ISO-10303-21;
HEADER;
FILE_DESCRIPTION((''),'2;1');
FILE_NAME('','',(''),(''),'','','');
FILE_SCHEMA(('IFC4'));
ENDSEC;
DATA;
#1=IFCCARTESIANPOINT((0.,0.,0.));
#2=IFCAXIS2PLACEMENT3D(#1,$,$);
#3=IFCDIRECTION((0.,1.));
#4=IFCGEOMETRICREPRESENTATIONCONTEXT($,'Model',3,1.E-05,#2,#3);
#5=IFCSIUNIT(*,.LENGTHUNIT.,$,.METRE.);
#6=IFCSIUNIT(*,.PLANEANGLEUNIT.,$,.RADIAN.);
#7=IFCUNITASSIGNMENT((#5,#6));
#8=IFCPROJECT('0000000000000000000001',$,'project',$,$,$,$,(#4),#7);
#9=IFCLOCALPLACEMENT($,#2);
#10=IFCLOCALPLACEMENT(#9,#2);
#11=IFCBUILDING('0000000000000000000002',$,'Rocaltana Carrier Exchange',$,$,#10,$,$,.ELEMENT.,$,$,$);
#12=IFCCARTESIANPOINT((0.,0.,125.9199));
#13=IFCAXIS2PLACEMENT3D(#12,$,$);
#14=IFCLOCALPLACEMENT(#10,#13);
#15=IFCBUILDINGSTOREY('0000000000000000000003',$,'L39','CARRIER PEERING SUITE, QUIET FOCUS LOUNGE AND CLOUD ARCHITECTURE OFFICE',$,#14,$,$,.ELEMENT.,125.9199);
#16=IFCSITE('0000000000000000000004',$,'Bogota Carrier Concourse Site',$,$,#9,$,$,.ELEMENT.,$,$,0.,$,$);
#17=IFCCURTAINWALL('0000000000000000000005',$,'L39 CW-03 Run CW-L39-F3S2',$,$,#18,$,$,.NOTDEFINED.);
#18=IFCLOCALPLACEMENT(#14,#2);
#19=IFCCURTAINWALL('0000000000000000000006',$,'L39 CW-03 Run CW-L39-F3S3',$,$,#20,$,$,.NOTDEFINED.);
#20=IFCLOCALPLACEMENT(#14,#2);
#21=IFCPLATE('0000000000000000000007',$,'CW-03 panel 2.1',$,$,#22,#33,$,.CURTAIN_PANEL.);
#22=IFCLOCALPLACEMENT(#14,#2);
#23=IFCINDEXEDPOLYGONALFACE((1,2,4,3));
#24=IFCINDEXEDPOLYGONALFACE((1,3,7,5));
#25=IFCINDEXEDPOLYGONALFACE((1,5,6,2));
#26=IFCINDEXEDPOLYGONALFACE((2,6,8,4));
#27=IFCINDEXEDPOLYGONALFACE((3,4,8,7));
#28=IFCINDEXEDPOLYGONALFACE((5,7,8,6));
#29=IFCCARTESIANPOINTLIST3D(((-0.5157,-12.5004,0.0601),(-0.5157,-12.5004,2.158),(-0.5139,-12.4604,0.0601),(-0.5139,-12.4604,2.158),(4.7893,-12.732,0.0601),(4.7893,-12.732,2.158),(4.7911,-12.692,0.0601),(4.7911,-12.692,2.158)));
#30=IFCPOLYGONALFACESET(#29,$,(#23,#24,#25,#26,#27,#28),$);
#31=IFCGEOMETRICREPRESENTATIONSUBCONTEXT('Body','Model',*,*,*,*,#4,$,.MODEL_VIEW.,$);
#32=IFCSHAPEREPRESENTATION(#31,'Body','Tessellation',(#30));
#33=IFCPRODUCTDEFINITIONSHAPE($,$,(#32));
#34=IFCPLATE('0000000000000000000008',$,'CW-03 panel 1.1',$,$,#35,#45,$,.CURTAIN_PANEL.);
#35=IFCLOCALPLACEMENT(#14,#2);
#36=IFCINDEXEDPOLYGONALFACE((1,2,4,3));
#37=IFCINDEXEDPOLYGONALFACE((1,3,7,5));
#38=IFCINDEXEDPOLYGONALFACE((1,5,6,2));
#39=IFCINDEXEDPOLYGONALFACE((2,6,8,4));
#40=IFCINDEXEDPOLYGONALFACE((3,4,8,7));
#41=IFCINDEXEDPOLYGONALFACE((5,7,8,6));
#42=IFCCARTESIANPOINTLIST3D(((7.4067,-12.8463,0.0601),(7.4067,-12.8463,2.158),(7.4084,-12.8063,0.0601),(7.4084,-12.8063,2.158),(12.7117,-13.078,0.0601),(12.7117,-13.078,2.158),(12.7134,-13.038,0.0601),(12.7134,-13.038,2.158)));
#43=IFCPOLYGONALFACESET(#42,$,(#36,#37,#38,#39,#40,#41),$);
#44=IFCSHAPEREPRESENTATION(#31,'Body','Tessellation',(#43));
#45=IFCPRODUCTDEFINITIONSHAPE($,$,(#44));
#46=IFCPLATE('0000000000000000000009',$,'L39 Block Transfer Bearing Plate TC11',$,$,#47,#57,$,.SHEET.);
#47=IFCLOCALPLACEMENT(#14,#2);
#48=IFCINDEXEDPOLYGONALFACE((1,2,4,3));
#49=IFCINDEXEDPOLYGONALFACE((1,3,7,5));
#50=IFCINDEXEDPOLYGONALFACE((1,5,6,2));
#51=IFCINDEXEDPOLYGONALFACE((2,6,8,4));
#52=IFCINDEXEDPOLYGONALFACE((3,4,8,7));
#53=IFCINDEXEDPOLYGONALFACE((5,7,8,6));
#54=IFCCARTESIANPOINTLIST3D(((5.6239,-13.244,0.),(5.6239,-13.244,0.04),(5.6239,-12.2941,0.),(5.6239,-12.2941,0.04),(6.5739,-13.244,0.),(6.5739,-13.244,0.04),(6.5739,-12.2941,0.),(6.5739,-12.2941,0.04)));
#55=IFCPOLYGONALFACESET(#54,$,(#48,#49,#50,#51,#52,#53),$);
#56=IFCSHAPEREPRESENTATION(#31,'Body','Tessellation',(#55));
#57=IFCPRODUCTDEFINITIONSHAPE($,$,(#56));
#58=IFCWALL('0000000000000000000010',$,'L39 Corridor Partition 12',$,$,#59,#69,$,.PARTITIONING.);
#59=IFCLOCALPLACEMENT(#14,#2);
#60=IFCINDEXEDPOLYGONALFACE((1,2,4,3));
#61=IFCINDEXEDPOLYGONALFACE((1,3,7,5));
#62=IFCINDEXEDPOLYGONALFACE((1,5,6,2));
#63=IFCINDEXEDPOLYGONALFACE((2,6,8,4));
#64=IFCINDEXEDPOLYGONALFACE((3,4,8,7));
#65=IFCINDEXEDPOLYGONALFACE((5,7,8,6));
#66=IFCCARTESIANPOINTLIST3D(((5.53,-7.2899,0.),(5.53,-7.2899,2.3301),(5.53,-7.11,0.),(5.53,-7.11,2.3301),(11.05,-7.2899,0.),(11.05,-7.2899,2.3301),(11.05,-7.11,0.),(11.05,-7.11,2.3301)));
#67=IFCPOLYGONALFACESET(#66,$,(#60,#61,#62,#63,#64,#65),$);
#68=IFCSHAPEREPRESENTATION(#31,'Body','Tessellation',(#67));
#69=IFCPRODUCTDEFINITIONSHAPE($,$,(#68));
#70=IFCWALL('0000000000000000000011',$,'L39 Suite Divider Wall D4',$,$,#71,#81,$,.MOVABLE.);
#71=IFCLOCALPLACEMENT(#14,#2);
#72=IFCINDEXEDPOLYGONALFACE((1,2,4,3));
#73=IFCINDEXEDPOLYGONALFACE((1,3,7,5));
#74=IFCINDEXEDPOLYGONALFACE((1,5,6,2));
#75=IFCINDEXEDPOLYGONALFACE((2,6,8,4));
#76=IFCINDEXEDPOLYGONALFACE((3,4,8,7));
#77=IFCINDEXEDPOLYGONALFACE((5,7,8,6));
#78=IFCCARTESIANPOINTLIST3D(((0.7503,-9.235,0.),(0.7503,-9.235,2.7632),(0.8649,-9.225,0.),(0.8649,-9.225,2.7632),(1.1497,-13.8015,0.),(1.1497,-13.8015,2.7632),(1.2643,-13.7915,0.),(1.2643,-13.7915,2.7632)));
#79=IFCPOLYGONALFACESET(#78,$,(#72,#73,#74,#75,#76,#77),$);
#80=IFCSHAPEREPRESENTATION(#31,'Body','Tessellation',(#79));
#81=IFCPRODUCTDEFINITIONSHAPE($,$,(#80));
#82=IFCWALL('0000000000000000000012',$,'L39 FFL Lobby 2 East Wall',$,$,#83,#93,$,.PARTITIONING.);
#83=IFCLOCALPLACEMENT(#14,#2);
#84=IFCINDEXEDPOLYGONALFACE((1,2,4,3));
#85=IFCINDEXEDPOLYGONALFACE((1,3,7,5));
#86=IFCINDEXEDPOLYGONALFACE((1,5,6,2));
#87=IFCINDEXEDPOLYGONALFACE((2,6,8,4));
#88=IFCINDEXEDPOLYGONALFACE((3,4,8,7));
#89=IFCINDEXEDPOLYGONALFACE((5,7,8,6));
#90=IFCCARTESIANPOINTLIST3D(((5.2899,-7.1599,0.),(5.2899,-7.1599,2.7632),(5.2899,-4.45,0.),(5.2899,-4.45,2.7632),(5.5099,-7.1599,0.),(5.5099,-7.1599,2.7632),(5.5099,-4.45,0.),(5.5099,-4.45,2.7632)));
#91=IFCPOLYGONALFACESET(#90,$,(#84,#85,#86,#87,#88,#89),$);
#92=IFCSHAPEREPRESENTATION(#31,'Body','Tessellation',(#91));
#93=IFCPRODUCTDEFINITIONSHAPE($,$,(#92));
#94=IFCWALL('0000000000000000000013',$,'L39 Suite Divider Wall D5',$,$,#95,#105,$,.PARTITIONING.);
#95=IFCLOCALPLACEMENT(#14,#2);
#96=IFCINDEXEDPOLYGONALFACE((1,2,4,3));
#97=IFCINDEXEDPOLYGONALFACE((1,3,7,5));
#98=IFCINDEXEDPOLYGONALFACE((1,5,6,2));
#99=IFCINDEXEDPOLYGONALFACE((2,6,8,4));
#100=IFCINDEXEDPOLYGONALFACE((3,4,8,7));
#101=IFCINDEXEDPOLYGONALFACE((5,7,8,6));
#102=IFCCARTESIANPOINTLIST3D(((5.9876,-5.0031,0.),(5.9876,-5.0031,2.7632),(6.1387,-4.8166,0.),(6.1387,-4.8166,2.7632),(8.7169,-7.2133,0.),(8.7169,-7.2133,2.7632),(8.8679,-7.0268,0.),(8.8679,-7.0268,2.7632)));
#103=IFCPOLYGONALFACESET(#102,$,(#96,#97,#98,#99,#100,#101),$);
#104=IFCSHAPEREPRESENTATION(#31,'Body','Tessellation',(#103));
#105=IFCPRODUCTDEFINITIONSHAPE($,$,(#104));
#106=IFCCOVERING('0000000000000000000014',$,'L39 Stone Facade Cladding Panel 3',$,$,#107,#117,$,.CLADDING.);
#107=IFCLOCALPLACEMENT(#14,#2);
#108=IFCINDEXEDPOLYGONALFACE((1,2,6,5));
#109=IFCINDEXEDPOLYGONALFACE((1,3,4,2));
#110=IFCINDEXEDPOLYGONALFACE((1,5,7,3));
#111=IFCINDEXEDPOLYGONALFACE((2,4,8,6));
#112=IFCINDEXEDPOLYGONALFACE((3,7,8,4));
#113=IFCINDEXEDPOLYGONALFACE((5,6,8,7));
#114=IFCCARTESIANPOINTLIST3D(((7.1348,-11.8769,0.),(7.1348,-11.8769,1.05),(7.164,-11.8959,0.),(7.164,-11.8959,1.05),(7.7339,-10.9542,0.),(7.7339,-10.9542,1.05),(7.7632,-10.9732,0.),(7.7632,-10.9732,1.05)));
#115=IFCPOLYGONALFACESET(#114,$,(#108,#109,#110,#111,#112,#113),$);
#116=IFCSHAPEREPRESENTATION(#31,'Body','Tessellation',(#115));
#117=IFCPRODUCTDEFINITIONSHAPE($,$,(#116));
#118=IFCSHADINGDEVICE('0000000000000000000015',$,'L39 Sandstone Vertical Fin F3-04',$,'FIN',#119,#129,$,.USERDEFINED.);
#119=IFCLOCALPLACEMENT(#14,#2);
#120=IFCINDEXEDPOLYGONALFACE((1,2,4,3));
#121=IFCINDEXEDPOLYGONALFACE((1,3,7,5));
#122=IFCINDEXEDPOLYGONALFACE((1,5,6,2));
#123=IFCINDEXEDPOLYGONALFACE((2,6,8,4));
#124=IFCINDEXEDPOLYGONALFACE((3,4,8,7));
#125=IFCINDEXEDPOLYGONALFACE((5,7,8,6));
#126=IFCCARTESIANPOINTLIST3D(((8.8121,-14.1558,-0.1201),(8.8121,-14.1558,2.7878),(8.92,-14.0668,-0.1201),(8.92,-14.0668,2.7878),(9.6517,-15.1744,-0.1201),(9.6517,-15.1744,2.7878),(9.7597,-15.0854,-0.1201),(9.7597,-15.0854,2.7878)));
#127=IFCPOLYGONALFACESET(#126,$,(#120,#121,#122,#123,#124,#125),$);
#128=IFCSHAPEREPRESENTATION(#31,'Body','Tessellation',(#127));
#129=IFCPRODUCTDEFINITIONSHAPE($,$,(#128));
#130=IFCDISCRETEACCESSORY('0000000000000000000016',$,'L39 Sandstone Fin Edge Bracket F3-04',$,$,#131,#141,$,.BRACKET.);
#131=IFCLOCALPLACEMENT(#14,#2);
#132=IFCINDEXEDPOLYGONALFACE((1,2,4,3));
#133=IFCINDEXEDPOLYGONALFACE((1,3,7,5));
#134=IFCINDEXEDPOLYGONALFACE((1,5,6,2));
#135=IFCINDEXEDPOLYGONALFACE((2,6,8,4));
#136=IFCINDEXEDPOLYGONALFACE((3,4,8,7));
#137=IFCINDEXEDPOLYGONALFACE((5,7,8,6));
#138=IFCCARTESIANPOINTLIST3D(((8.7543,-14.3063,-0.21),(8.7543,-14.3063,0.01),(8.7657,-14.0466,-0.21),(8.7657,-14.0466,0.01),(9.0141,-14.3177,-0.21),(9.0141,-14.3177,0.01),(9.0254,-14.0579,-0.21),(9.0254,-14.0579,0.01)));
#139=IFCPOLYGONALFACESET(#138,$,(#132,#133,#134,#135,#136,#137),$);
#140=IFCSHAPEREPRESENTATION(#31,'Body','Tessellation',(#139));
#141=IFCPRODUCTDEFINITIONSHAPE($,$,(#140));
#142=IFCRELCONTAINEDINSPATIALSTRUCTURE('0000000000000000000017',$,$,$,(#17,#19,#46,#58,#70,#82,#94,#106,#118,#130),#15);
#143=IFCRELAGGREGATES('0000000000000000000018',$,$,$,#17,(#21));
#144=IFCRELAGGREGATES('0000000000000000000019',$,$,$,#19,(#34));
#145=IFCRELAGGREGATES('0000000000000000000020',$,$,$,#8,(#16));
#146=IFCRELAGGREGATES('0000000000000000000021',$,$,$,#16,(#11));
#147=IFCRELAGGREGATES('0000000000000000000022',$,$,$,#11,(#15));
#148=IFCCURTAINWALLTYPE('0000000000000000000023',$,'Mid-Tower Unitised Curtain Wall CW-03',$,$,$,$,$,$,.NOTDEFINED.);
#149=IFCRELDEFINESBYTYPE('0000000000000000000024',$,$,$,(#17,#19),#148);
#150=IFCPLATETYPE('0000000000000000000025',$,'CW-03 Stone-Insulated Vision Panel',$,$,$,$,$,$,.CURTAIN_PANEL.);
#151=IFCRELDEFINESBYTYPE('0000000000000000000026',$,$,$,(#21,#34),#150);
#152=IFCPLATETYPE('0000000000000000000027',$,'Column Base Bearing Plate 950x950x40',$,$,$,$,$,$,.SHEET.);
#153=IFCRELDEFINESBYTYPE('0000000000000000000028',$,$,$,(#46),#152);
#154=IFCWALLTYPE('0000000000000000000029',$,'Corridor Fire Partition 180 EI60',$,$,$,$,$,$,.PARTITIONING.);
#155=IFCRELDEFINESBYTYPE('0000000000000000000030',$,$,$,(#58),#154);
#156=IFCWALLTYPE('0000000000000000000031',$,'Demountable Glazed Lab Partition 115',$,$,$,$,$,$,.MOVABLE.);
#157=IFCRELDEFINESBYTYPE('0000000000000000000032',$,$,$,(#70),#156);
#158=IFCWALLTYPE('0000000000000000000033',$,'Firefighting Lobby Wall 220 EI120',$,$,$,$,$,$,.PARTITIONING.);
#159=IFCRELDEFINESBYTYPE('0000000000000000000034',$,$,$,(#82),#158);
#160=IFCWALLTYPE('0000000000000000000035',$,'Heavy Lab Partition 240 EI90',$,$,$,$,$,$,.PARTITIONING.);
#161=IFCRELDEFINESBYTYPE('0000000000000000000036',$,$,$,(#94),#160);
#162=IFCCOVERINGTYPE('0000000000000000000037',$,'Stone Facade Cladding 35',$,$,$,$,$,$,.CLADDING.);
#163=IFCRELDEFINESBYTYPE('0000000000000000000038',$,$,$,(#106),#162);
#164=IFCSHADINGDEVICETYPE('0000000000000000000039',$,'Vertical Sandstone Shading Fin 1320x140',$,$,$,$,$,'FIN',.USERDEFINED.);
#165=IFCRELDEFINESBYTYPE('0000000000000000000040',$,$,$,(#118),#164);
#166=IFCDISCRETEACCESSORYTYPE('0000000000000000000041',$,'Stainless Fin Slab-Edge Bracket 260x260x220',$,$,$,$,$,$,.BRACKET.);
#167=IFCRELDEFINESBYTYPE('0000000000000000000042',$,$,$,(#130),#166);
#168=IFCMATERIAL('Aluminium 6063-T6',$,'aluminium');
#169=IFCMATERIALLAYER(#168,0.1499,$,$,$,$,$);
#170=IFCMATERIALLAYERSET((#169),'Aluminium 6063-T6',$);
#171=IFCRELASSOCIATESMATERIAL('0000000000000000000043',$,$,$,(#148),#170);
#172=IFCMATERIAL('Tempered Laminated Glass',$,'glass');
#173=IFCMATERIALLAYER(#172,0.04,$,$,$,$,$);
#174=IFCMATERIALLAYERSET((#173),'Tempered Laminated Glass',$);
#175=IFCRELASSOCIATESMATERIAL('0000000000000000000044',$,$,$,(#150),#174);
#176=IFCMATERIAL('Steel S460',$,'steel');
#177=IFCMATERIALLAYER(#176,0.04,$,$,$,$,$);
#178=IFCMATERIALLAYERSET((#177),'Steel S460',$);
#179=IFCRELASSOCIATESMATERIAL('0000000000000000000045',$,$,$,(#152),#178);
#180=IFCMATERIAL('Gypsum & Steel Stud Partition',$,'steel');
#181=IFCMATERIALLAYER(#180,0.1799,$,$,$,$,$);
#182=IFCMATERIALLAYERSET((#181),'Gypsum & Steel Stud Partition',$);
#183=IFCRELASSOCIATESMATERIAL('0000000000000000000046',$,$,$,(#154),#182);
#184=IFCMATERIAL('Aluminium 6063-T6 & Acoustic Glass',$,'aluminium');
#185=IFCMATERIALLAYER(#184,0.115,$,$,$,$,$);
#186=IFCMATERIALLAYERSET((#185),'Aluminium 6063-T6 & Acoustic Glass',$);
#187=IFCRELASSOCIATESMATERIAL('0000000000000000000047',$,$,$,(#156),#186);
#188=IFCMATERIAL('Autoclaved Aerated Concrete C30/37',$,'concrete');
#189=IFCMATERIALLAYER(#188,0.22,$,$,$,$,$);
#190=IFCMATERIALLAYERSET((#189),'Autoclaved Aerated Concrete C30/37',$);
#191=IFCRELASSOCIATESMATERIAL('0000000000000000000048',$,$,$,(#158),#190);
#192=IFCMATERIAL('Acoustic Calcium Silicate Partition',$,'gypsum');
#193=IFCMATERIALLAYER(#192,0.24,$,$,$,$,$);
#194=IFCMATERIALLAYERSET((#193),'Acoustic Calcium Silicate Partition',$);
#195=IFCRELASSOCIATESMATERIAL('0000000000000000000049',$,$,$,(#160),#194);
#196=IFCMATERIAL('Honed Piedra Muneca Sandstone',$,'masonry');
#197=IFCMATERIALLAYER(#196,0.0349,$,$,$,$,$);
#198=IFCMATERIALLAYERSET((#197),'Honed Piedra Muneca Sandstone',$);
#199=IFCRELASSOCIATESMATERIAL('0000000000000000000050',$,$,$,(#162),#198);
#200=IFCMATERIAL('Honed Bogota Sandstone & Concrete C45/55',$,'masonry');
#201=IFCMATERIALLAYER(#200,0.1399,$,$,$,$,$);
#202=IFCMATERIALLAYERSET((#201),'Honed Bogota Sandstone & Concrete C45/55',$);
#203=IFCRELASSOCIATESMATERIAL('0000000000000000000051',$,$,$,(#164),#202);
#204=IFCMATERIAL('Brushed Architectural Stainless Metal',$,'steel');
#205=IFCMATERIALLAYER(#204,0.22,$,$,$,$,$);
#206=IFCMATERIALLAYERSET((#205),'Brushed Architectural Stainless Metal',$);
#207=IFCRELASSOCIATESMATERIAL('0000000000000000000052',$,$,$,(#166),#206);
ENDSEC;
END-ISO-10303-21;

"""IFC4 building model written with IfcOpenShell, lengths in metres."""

from ifc_helpers import new_model, si_unit, direction, frame, frame_2d, origin, origin_2d, place, context, subcontext, project, spatial, rectangle, extrude, material, layer, layer_set, type_object, element, aggregate, save


model = new_model("IFC4")

# Units and contexts
model_context = context("Model", 3, precision=1e-05, world=origin(), true_north=direction((0.0, 1.0)))
body_context = subcontext(model_context, "Body", "Model", "MODEL_VIEW")
ifc_project = project(units=[si_unit("LENGTHUNIT", "METRE"), si_unit("PLANEANGLEUNIT", "RADIAN")], contexts=[model_context])

# Site, building, storey
site_placement = place(None, origin())
site = spatial("IfcSite", under=ifc_project, at=site_placement, Name="Bogota Carrier Concourse Site", CompositionType="ELEMENT", RefElevation=0.0)
building_placement = place(site_placement, origin())
building = spatial("IfcBuilding", under=site, at=building_placement, Name="Rocaltana Carrier Exchange", CompositionType="ELEMENT")
storey_placement = place(building_placement, frame((0.0, 0.0, 125.9199)))
storey = spatial("IfcBuildingStorey", under=building, at=storey_placement, Name="L39", Description="CARRIER PEERING SUITE, QUIET FOCUS LOUNGE AND CLOUD ARCHITECTURE OFFICE", CompositionType="ELEMENT", Elevation=125.9199)

# Curtain wall
ifc_material_1 = material(Name="Aluminium 6063-T6", Category="aluminium")
ifc_layer_1 = layer(ifc_material_1, 0.1499)
ifc_layer_set_1 = layer_set([ifc_layer_1], Name="Aluminium 6063-T6")
curtain_wall_type = type_object("IfcCurtainWallType", Name="Mid-Tower Unitised Curtain Wall CW-03", PredefinedType="NOTDEFINED", material=ifc_layer_set_1)
curtain_wall_1_placement = place(storey_placement, origin())
curtain_wall_1 = element("IfcCurtainWall", 1, at=curtain_wall_1_placement, inside=storey, type_object=curtain_wall_type, Name="L39 CW-03 Run CW-L39-F3S2", PredefinedType="NOTDEFINED")

# Curtain wall
curtain_wall_2_placement = place(storey_placement, origin())
curtain_wall_2 = element("IfcCurtainWall", 2, at=curtain_wall_2_placement, inside=storey, type_object=curtain_wall_type, Name="L39 CW-03 Run CW-L39-F3S3", PredefinedType="NOTDEFINED")

# Plates
ifc_material_2 = material(Name="Tempered Laminated Glass", Category="glass")
ifc_layer_2 = layer(ifc_material_2, 0.04)
ifc_layer_set_2 = layer_set([ifc_layer_2], Name="Tempered Laminated Glass")
plate_type_1 = type_object("IfcPlateType", Name="CW-03 Stone-Insulated Vision Panel", PredefinedType="CURTAIN_PANEL", material=ifc_layer_set_2)
plate_1_placement = place(storey_placement, frame((2.1377, -12.5962, 0.0601), z_axis=(0.0, 0.0, 1.0), x_axis=(0.999048, -0.04362, 0.0)))
plate_1 = element("IfcPlate", 3, at=plate_1_placement, type_object=plate_type_1, Name="CW-03 panel 2.1", PredefinedType="CURTAIN_PANEL", context=body_context, shape_type="SweptSolid", body=[
    extrude(rectangle(XDim=5.3101, YDim=0.04, at=origin_2d()), origin(), (0.0, 0.0, 1.0), 2.0979),
])
aggregate(curtain_wall_1, [plate_1])
plate_2_placement = place(storey_placement, frame((10.0601, -12.9421, 0.0601), z_axis=(0.0, 0.0, 1.0), x_axis=(0.999048, -0.043629, 0.0)))
plate_2 = element("IfcPlate", 4, at=plate_2_placement, type_object=plate_type_1, Name="CW-03 panel 1.1", PredefinedType="CURTAIN_PANEL", context=body_context, shape_type="SweptSolid", body=[
    extrude(rectangle(XDim=5.3101, YDim=0.04, at=origin_2d()), origin(), (0.0, 0.0, 1.0), 2.0979),
])
aggregate(curtain_wall_2, [plate_2])
ifc_material_3 = material(Name="Steel S460", Category="steel")
ifc_layer_3 = layer(ifc_material_3, 0.04)
ifc_layer_set_3 = layer_set([ifc_layer_3], Name="Steel S460")
plate_type_2 = type_object("IfcPlateType", Name="Column Base Bearing Plate 950x950x40", PredefinedType="SHEET", material=ifc_layer_set_3)
plate_3_placement = place(storey_placement, frame((6.0989, -12.769, 0.0), z_axis=(0.0, 0.0, 1.0), x_axis=(1.0, 0.0, 0.0)))
element("IfcPlate", 5, at=plate_3_placement, inside=storey, type_object=plate_type_2, Name="L39 Block Transfer Bearing Plate TC11", PredefinedType="SHEET", context=body_context, shape_type="SweptSolid", body=[
    extrude(rectangle(XDim=0.95, YDim=0.95, at=origin_2d()), origin(), (0.0, 0.0, 1.0), 0.04),
])

# Walls
ifc_material_4 = material(Name="Gypsum & Steel Stud Partition", Category="steel")
ifc_layer_4 = layer(ifc_material_4, 0.1799)
ifc_layer_set_4 = layer_set([ifc_layer_4], Name="Gypsum & Steel Stud Partition")
wall_type_1 = type_object("IfcWallType", Name="Corridor Fire Partition 180 EI60", PredefinedType="PARTITIONING", material=ifc_layer_set_4)
wall_1_placement = place(storey_placement, frame((5.53, -7.2, 0.0), z_axis=(0.0, 0.0, 1.0), x_axis=(1.0, 0.0, 0.0)))
element("IfcWall", 6, at=wall_1_placement, inside=storey, type_object=wall_type_1, Name="L39 Corridor Partition 12", PredefinedType="PARTITIONING", context=body_context, shape_type="SweptSolid", body=[
    extrude(rectangle(XDim=5.52, YDim=0.1799, at=frame_2d((2.76, 0.0))), origin(), (0.0, 0.0, 1.0), 2.3301),
])
ifc_material_5 = material(Name="Aluminium 6063-T6 & Acoustic Glass", Category="aluminium")
ifc_layer_5 = layer(ifc_material_5, 0.115)
ifc_layer_set_5 = layer_set([ifc_layer_5], Name="Aluminium 6063-T6 & Acoustic Glass")
wall_type_2 = type_object("IfcWallType", Name="Demountable Glazed Lab Partition 115", PredefinedType="MOVABLE", material=ifc_layer_set_5)
wall_2_placement = place(storey_placement, frame((0.8076, -9.23, 0.0), z_axis=(0.0, 0.0, 1.0), x_axis=(0.087131, -0.996197, 0.0)))
element("IfcWall", 7, at=wall_2_placement, inside=storey, type_object=wall_type_2, Name="L39 Suite Divider Wall D4", PredefinedType="MOVABLE", context=body_context, shape_type="SweptSolid", body=[
    extrude(rectangle(XDim=4.584, YDim=0.115, at=frame_2d((2.292, 0.0))), origin(), (0.0, 0.0, 1.0), 2.7632),
])
ifc_material_6 = material(Name="Autoclaved Aerated Concrete C30/37", Category="concrete")
ifc_layer_6 = layer(ifc_material_6, 0.22)
ifc_layer_set_6 = layer_set([ifc_layer_6], Name="Autoclaved Aerated Concrete C30/37")
wall_type_3 = type_object("IfcWallType", Name="Firefighting Lobby Wall 220 EI120", PredefinedType="PARTITIONING", material=ifc_layer_set_6)
wall_3_placement = place(storey_placement, frame((5.3999, -7.1599, 0.0), z_axis=(0.0, 0.0, 1.0), x_axis=(0.0, 1.0, 0.0)))
element("IfcWall", 8, at=wall_3_placement, inside=storey, type_object=wall_type_3, Name="L39 FFL Lobby 2 East Wall", PredefinedType="PARTITIONING", context=body_context, shape_type="SweptSolid", body=[
    extrude(rectangle(XDim=2.71, YDim=0.22, at=frame_2d((1.355, 0.0))), origin(), (0.0, 0.0, 1.0), 2.7632),
])
ifc_material_7 = material(Name="Acoustic Calcium Silicate Partition", Category="gypsum")
ifc_layer_7 = layer(ifc_material_7, 0.24)
ifc_layer_set_7 = layer_set([ifc_layer_7], Name="Acoustic Calcium Silicate Partition")
wall_type_4 = type_object("IfcWallType", Name="Heavy Lab Partition 240 EI90", PredefinedType="PARTITIONING", material=ifc_layer_set_7)
wall_4_placement = place(storey_placement, frame((6.0632, -4.9099, 0.0), z_axis=(0.0, 0.0, 1.0), x_axis=(0.777132, -0.629338, 0.0)))
element("IfcWall", 9, at=wall_4_placement, inside=storey, type_object=wall_type_4, Name="L39 Suite Divider Wall D5", PredefinedType="PARTITIONING", context=body_context, shape_type="SweptSolid", body=[
    extrude(rectangle(XDim=3.512, YDim=0.24, at=frame_2d((1.7559, 0.0))), origin(), (0.0, 0.0, 1.0), 2.7632),
])

# Covering
ifc_material_8 = material(Name="Honed Piedra Muneca Sandstone", Category="masonry")
ifc_layer_8 = layer(ifc_material_8, 0.0349)
ifc_layer_set_8 = layer_set([ifc_layer_8], Name="Honed Piedra Muneca Sandstone")
covering_type = type_object("IfcCoveringType", Name="Stone Facade Cladding 35", PredefinedType="CLADDING", material=ifc_layer_set_8)
covering_placement = place(storey_placement, frame((7.449, -11.425, 0.0), z_axis=(0.0, 0.0, 1.0), x_axis=(0.544639, 0.838671, 0.0)))
element("IfcCovering", 10, at=covering_placement, inside=storey, type_object=covering_type, Name="L39 Stone Facade Cladding Panel 3", PredefinedType="CLADDING", context=body_context, shape_type="SweptSolid", body=[
    extrude(rectangle(XDim=1.1001, YDim=0.0349, at=origin_2d()), origin(), (0.0, 0.0, 1.0), 1.05),
])

# Shading device
ifc_material_9 = material(Name="Honed Bogota Sandstone & Concrete C45/55", Category="masonry")
ifc_layer_9 = layer(ifc_material_9, 0.1399)
ifc_layer_set_9 = layer_set([ifc_layer_9], Name="Honed Bogota Sandstone & Concrete C45/55")
shading_device_type = type_object("IfcShadingDeviceType", Name="Vertical Sandstone Shading Fin 1320x140", ElementType="FIN", PredefinedType="USERDEFINED", material=ifc_layer_set_9)
shading_device_placement = place(storey_placement, frame((9.2859, -14.6206, -0.1201), z_axis=(0.0, 0.0, 1.0), x_axis=(0.636078, -0.771625, 0.0)))
element("IfcShadingDevice", 11, at=shading_device_placement, inside=storey, type_object=shading_device_type, Name="L39 Sandstone Vertical Fin F3-04", ObjectType="FIN", PredefinedType="USERDEFINED", context=body_context, shape_type="SweptSolid", body=[
    extrude(rectangle(XDim=1.3201, YDim=0.1399, at=origin_2d()), origin(), (0.0, 0.0, 1.0), 2.908),
])

# Discrete accessory
ifc_material_10 = material(Name="Brushed Architectural Stainless Metal", Category="steel")
ifc_layer_10 = layer(ifc_material_10, 0.22)
ifc_layer_set_10 = layer_set([ifc_layer_10], Name="Brushed Architectural Stainless Metal")
discrete_accessory_type = type_object("IfcDiscreteAccessoryType", Name="Stainless Fin Slab-Edge Bracket 260x260x220", PredefinedType="BRACKET", material=ifc_layer_set_10)
discrete_accessory_placement = place(storey_placement, frame((8.8899, -14.1821, -0.21), z_axis=(0.0, 0.0, 1.0), x_axis=(0.999048, -0.043619, 0.0)))
element("IfcDiscreteAccessory", 12, at=discrete_accessory_placement, inside=storey, type_object=discrete_accessory_type, Name="L39 Sandstone Fin Edge Bracket F3-04", PredefinedType="BRACKET", context=body_context, shape_type="SweptSolid", body=[
    extrude(rectangle(XDim=0.26, YDim=0.26, at=origin_2d()), origin(), (0.0, 0.0, 1.0), 0.22),
])

save(model, "model.ifc")
